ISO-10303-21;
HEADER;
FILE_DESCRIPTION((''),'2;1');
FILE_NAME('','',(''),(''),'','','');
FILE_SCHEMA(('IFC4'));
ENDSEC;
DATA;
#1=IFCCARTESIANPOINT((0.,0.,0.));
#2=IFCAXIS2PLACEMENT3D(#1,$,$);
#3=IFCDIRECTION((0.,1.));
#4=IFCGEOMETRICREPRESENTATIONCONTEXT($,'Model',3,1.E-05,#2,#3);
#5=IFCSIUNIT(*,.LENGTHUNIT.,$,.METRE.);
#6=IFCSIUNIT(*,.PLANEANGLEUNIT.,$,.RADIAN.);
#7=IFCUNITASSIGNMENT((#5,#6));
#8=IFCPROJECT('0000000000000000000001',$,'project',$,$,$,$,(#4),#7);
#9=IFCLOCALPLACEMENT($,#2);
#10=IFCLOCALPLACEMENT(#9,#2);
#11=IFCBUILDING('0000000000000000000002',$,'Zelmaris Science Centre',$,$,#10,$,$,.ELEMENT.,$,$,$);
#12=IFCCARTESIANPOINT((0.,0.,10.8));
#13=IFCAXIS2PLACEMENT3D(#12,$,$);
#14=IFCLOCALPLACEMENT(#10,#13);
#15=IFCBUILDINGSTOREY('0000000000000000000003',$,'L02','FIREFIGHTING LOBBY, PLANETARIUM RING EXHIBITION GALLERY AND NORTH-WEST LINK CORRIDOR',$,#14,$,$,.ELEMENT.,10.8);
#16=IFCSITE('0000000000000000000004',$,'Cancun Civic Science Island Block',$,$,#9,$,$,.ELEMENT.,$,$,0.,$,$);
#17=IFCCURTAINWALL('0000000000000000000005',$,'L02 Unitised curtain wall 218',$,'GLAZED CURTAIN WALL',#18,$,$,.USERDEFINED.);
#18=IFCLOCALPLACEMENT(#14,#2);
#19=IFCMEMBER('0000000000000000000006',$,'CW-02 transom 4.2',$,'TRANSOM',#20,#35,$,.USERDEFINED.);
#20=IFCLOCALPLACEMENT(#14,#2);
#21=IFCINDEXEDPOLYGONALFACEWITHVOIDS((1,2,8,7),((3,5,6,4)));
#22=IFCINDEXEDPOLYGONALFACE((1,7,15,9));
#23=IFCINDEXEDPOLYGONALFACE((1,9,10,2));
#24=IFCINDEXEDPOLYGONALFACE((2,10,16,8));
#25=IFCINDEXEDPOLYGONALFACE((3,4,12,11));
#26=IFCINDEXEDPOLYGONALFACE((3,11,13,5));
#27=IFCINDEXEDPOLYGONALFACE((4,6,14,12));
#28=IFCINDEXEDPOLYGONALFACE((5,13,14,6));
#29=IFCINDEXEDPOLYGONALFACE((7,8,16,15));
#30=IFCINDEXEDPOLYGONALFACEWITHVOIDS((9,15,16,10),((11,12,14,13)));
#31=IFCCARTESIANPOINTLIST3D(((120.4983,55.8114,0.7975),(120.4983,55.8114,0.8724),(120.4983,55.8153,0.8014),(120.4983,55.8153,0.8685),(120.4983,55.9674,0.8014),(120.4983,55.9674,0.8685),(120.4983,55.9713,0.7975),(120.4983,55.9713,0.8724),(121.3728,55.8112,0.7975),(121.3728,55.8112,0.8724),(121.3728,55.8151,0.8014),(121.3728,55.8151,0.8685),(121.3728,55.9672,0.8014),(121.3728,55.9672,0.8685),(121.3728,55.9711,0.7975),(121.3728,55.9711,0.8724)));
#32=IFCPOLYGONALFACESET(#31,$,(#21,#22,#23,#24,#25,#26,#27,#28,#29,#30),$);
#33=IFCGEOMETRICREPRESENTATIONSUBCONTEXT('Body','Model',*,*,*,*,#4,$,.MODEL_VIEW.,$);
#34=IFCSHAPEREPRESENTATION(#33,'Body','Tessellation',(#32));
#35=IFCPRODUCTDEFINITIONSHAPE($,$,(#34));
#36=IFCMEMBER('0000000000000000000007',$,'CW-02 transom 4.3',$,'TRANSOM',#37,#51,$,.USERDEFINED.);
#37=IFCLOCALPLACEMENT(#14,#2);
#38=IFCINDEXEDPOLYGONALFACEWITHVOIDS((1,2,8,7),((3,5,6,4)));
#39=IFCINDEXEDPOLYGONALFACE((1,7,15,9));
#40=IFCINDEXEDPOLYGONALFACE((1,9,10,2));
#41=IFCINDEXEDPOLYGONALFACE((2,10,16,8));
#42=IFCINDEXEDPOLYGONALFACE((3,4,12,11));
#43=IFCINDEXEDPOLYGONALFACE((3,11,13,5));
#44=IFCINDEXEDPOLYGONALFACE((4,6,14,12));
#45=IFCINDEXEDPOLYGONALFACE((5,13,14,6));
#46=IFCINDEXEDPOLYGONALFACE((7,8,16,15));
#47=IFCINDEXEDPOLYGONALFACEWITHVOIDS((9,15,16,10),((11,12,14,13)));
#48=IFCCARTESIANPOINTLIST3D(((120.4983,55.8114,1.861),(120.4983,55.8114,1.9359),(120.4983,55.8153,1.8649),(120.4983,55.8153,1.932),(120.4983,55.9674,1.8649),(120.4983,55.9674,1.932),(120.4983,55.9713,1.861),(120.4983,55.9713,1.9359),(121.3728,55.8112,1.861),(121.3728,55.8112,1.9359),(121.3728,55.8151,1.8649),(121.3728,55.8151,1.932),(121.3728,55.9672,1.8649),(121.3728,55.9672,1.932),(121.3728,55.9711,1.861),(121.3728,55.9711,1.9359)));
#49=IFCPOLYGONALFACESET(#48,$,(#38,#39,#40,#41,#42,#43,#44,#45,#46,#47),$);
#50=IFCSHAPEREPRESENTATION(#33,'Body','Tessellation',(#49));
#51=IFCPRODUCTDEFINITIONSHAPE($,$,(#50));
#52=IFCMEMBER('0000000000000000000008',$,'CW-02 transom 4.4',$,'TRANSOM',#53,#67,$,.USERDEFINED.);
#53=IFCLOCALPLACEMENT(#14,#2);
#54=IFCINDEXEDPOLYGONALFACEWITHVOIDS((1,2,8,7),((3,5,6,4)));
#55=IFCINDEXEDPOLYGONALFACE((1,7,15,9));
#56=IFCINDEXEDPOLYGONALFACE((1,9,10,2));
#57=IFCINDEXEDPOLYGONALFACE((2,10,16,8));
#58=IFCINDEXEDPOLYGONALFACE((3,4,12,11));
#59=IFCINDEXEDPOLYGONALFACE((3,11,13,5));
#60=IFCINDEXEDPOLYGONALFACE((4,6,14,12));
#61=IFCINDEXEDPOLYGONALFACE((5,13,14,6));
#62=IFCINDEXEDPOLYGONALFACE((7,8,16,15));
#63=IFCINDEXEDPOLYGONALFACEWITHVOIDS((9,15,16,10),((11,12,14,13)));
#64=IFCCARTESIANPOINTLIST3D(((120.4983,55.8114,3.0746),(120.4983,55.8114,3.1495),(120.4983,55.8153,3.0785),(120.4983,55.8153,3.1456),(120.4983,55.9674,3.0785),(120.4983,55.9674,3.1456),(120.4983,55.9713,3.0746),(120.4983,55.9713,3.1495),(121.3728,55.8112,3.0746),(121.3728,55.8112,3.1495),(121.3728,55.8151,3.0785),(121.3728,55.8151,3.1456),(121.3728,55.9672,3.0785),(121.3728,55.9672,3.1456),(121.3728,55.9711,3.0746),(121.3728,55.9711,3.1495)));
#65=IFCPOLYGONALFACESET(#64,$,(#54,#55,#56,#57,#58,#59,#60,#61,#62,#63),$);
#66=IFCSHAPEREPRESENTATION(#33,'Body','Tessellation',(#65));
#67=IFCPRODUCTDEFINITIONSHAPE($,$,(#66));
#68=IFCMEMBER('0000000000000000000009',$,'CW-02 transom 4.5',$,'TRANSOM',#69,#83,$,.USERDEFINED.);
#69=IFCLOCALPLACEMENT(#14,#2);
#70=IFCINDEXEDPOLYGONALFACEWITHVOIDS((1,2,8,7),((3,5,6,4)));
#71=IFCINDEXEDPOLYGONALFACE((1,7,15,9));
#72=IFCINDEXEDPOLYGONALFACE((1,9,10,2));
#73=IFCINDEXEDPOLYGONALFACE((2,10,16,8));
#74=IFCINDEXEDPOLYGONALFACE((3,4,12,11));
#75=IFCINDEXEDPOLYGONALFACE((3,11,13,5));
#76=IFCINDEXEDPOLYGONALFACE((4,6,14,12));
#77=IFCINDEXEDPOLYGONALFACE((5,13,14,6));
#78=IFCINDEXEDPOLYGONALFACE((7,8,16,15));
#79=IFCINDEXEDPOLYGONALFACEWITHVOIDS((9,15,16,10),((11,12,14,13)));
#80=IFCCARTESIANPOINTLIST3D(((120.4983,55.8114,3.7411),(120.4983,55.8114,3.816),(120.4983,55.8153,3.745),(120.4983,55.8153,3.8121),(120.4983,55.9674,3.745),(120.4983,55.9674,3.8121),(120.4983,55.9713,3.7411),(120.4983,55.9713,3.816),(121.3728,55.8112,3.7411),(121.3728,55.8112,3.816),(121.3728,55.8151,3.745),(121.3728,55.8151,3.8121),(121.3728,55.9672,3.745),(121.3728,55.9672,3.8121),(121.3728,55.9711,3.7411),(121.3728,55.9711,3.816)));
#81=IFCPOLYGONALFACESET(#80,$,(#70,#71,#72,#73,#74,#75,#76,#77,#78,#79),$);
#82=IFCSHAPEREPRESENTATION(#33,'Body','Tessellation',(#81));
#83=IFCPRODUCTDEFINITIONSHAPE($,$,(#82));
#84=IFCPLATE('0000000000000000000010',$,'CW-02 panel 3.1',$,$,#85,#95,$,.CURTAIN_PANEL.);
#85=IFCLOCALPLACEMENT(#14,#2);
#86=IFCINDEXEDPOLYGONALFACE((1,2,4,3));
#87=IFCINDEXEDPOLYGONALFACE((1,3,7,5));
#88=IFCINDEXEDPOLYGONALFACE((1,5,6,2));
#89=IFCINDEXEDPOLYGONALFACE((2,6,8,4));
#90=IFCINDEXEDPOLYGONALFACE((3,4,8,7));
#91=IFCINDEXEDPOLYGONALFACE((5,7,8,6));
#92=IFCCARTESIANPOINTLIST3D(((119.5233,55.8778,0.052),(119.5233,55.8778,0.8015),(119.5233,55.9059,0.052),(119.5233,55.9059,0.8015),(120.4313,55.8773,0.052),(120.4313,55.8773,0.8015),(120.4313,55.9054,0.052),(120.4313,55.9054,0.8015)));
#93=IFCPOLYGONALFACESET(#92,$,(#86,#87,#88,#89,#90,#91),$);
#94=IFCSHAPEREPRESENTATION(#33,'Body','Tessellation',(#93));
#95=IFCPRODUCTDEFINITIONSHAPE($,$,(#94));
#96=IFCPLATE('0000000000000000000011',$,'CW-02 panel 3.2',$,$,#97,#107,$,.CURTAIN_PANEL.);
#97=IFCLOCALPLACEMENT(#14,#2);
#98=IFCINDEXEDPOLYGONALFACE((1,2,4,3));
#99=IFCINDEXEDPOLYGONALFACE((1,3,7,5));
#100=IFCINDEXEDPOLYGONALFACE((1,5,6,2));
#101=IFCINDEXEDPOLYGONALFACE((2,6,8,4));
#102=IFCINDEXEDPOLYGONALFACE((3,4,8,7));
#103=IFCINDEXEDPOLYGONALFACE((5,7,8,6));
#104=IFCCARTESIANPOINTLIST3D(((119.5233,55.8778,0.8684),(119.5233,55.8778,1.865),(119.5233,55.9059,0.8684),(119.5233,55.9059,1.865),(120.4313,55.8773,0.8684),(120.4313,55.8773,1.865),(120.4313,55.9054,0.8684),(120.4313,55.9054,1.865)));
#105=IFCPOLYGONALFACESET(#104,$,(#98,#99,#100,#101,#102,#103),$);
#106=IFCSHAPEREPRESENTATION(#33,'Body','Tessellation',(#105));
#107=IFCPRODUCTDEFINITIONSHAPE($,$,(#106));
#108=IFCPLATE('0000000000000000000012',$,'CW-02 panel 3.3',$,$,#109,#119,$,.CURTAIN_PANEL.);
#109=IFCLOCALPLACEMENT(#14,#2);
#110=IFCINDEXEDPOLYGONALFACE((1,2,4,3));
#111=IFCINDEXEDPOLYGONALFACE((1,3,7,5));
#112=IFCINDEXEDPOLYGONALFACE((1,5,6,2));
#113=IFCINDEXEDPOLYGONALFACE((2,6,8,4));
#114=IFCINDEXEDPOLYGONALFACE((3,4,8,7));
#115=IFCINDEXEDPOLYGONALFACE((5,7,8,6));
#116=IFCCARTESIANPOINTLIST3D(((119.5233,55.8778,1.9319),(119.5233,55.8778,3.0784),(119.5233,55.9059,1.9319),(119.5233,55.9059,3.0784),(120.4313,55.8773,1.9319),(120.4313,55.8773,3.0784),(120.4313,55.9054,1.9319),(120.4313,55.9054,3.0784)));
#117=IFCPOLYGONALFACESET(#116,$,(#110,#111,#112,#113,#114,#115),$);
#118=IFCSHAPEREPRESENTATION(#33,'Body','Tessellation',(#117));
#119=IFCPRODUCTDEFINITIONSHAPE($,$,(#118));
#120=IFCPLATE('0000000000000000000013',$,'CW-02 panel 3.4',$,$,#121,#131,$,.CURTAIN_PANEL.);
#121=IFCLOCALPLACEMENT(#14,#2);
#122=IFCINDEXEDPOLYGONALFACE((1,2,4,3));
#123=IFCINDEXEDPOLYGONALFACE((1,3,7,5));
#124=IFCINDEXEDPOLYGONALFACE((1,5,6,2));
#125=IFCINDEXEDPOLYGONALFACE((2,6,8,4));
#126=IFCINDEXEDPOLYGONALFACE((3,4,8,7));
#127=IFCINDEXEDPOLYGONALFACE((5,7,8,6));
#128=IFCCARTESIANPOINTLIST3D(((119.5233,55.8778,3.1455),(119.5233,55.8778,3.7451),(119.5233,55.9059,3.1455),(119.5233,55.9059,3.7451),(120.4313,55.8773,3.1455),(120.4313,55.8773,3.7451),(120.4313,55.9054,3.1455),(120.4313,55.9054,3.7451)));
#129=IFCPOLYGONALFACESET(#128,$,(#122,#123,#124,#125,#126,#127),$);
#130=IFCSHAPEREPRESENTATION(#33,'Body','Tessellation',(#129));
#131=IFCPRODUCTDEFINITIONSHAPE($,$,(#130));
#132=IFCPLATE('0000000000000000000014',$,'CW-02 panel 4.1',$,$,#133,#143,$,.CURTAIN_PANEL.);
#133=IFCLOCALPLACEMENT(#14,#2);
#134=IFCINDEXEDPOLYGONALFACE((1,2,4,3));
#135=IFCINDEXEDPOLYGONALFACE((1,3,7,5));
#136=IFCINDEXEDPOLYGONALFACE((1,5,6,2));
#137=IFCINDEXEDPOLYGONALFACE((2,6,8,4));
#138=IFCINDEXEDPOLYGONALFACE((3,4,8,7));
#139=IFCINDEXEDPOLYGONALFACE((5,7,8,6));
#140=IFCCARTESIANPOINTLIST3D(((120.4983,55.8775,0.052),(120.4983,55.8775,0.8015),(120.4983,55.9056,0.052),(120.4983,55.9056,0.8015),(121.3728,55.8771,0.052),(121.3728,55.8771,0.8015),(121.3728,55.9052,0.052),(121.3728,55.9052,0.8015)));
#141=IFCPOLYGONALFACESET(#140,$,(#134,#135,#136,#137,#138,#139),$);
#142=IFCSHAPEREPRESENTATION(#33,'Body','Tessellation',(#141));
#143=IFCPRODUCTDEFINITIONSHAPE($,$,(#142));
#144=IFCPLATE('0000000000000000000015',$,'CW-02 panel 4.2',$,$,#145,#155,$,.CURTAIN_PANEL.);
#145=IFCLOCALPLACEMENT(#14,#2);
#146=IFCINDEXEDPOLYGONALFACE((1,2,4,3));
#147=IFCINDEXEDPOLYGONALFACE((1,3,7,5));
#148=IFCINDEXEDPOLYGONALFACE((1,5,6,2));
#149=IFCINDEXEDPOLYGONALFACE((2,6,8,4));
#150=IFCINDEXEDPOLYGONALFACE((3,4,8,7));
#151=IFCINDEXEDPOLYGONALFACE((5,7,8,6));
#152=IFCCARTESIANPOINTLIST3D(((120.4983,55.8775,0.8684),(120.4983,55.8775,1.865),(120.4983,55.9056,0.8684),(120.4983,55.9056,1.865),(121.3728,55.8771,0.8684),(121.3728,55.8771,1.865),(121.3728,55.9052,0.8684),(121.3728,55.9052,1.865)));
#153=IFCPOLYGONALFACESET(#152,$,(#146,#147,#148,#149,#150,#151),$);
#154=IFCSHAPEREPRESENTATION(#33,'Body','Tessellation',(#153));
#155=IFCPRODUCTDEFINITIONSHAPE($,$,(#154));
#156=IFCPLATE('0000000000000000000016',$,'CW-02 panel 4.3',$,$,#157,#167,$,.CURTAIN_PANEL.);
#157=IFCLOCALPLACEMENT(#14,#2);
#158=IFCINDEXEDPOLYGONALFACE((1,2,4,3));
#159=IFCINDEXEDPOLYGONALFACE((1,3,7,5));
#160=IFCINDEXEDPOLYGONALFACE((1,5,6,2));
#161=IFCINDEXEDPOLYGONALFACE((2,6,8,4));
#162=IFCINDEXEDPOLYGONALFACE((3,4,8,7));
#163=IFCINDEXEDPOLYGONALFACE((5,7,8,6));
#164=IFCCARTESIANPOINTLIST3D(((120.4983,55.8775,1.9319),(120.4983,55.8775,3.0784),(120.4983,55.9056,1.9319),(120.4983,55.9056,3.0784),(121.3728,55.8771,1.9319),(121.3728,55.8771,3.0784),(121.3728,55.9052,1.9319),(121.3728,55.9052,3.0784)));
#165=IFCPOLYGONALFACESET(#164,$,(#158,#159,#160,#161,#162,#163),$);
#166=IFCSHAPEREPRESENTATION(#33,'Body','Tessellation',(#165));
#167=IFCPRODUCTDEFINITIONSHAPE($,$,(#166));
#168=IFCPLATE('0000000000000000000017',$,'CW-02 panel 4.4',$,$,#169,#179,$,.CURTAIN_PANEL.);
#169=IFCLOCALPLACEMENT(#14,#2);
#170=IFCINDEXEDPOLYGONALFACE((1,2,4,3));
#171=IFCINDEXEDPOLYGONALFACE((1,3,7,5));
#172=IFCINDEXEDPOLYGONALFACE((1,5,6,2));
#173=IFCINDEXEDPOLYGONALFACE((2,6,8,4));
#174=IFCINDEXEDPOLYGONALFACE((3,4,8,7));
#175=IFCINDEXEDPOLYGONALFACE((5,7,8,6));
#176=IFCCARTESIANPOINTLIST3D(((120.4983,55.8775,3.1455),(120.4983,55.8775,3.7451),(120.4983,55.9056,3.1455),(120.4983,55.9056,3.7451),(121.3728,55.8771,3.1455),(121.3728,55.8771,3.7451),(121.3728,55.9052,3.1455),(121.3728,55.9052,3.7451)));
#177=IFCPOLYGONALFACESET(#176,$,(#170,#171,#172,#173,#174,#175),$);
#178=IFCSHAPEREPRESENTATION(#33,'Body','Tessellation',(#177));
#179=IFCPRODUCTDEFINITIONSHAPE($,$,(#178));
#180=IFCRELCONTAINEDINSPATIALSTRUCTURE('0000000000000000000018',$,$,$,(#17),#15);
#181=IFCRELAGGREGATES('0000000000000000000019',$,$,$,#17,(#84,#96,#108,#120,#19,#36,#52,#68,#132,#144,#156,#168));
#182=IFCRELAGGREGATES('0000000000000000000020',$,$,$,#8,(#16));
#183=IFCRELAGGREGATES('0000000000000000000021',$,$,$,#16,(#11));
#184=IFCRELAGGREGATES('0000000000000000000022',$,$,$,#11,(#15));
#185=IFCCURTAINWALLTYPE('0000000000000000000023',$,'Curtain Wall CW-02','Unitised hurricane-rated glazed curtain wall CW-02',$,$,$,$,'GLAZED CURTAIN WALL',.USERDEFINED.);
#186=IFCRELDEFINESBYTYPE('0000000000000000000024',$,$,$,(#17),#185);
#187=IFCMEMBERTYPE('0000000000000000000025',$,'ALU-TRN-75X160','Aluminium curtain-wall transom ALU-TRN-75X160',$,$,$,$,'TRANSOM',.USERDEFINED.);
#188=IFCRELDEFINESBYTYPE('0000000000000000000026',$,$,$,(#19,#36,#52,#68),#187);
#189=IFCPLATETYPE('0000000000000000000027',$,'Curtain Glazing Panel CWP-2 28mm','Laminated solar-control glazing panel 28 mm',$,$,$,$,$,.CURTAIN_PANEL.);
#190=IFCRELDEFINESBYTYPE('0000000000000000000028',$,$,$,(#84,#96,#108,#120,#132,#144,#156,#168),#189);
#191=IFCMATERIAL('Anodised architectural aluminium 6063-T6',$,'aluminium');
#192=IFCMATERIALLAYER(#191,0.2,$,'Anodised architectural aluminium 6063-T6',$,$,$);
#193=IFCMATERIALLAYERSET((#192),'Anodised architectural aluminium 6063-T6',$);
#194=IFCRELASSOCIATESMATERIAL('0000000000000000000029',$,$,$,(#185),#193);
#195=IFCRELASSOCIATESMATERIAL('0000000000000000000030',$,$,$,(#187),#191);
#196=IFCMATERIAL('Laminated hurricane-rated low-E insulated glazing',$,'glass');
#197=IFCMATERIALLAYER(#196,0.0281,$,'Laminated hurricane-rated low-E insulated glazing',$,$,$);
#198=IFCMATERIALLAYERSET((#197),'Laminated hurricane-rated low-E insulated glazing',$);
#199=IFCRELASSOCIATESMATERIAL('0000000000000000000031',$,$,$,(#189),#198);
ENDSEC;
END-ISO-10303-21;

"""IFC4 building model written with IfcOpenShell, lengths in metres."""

from ifc_helpers import new_model, si_unit, direction, frame, origin, origin_2d, place, context, subcontext, project, spatial, rectangle, hollow_rectangle, extrude, material, layer, layer_set, material_profile, profile_set, type_object, element, aggregate, save


model = new_model("IFC4")

# Units and contexts
model_context = context("Model", 3, precision=1e-05, world=origin(), true_north=direction((0.0, 1.0)))
body_context = subcontext(model_context, "Body", "Model", "MODEL_VIEW")
ifc_project = project(units=[si_unit("LENGTHUNIT", "METRE"), si_unit("PLANEANGLEUNIT", "RADIAN")], contexts=[model_context])

# Site, building, storey
site_placement = place(None, origin())
site = spatial("IfcSite", under=ifc_project, at=site_placement, Name="Cancun Civic Science Island Block", CompositionType="ELEMENT", RefElevation=0.0)
building_placement = place(site_placement, origin())
building = spatial("IfcBuilding", under=site, at=building_placement, Name="Zelmaris Science Centre", CompositionType="ELEMENT")
storey_placement = place(building_placement, frame((0.0, 0.0, 10.8)))
storey = spatial("IfcBuildingStorey", under=building, at=storey_placement, Name="L02", Description="FIREFIGHTING LOBBY, PLANETARIUM RING EXHIBITION GALLERY AND NORTH-WEST LINK CORRIDOR", CompositionType="ELEMENT", Elevation=10.8)

# Curtain wall, members, plates
ifc_material_1 = material(Name="Anodised architectural aluminium 6063-T6", Category="aluminium")
ifc_layer_1 = layer(ifc_material_1, 0.2, Name="Anodised architectural aluminium 6063-T6")
ifc_layer_set_1 = layer_set([ifc_layer_1], Name="Anodised architectural aluminium 6063-T6")
curtain_wall_type = type_object("IfcCurtainWallType", Name="Curtain Wall CW-02", Description="Unitised hurricane-rated glazed curtain wall CW-02", ElementType="GLAZED CURTAIN WALL", PredefinedType="USERDEFINED", material=ifc_layer_set_1)
curtain_wall_placement = place(storey_placement, origin())
curtain_wall = element("IfcCurtainWall", 1, at=curtain_wall_placement, inside=storey, type_object=curtain_wall_type, Name="L02 Unitised curtain wall 218", ObjectType="GLAZED CURTAIN WALL", PredefinedType="USERDEFINED")
ifc_material_profile_1 = material_profile(ifc_material_1, hollow_rectangle(XDim=0.075, YDim=0.1599, WallThickness=0.0039, at=origin_2d()), Name="ALU-TRN-75X160")
ifc_profile_set_1 = profile_set([ifc_material_profile_1], Name="Anodised architectural aluminium 6063-T6")
member_type_1 = type_object("IfcMemberType", Name="ALU-TRN-75X160", Description="Aluminium curtain-wall transom ALU-TRN-75X160", ElementType="TRANSOM", PredefinedType="USERDEFINED", material=ifc_profile_set_1)
member_1_placement = place(storey_placement, frame((120.4983, 55.8914, 0.835), z_axis=(1.0, -0.000279, 0.0), x_axis=(0.0, 0.0, 1.0)))
member_1 = element("IfcMember", 2, at=member_1_placement, type_object=member_type_1, Name="CW-02 transom 4.2", ObjectType="TRANSOM", PredefinedType="USERDEFINED", context=body_context, shape_type="SweptSolid", body=[
    extrude(hollow_rectangle(XDim=0.075, YDim=0.1599, WallThickness=0.0039, at=origin_2d()), origin(), (0.0, 0.0, 1.0), 0.8745),
])
member_2_placement = place(storey_placement, frame((120.4983, 55.8914, 1.8984), z_axis=(1.0, -0.000279, 0.0), x_axis=(0.0, 0.0, 1.0)))
member_2 = element("IfcMember", 3, at=member_2_placement, type_object=member_type_1, Name="CW-02 transom 4.3", ObjectType="TRANSOM", PredefinedType="USERDEFINED", context=body_context, shape_type="SweptSolid", body=[
    extrude(hollow_rectangle(XDim=0.075, YDim=0.1599, WallThickness=0.0039, at=origin_2d()), origin(), (0.0, 0.0, 1.0), 0.8745),
])
member_3_placement = place(storey_placement, frame((120.4983, 55.8914, 3.1121), z_axis=(1.0, -0.000279, 0.0), x_axis=(0.0, 0.0, 1.0)))
member_3 = element("IfcMember", 4, at=member_3_placement, type_object=member_type_1, Name="CW-02 transom 4.4", ObjectType="TRANSOM", PredefinedType="USERDEFINED", context=body_context, shape_type="SweptSolid", body=[
    extrude(hollow_rectangle(XDim=0.075, YDim=0.1599, WallThickness=0.0039, at=origin_2d()), origin(), (0.0, 0.0, 1.0), 0.8745),
])
member_4_placement = place(storey_placement, frame((120.4983, 55.8914, 3.7786), z_axis=(1.0, -0.000279, 0.0), x_axis=(0.0, 0.0, 1.0)))
member_4 = element("IfcMember", 5, at=member_4_placement, type_object=member_type_1, Name="CW-02 transom 4.5", ObjectType="TRANSOM", PredefinedType="USERDEFINED", context=body_context, shape_type="SweptSolid", body=[
    extrude(hollow_rectangle(XDim=0.075, YDim=0.1599, WallThickness=0.0039, at=origin_2d()), origin(), (0.0, 0.0, 1.0), 0.8745),
])
ifc_material_2 = material(Name="Laminated hurricane-rated low-E insulated glazing", Category="glass")
ifc_layer_2 = layer(ifc_material_2, 0.0281, Name="Laminated hurricane-rated low-E insulated glazing")
ifc_layer_set_2 = layer_set([ifc_layer_2], Name="Laminated hurricane-rated low-E insulated glazing")
plate_type = type_object("IfcPlateType", Name="Curtain Glazing Panel CWP-2 28mm", Description="Laminated solar-control glazing panel 28 mm", PredefinedType="CURTAIN_PANEL", material=ifc_layer_set_2)
plate_1_placement = place(storey_placement, frame((119.9773, 55.8916, 0.052), z_axis=(0.0, 0.0, 1.0), x_axis=(1.0, -0.000487, 0.0)))
plate_1 = element("IfcPlate", 6, at=plate_1_placement, type_object=plate_type, Name="CW-02 panel 3.1", PredefinedType="CURTAIN_PANEL", context=body_context, shape_type="SweptSolid", body=[
    extrude(rectangle(XDim=0.908, YDim=0.0281, at=origin_2d()), origin(), (0.0, 0.0, 1.0), 0.7495),
])
plate_2_placement = place(storey_placement, frame((119.9773, 55.8916, 0.8684), z_axis=(0.0, 0.0, 1.0), x_axis=(1.0, -0.000487, 0.0)))
plate_2 = element("IfcPlate", 7, at=plate_2_placement, type_object=plate_type, Name="CW-02 panel 3.2", PredefinedType="CURTAIN_PANEL", context=body_context, shape_type="SweptSolid", body=[
    extrude(rectangle(XDim=0.908, YDim=0.0281, at=origin_2d()), origin(), (0.0, 0.0, 1.0), 0.9966),
])
plate_3_placement = place(storey_placement, frame((119.9773, 55.8916, 1.9319), z_axis=(0.0, 0.0, 1.0), x_axis=(1.0, -0.000487, 0.0)))
plate_3 = element("IfcPlate", 8, at=plate_3_placement, type_object=plate_type, Name="CW-02 panel 3.3", PredefinedType="CURTAIN_PANEL", context=body_context, shape_type="SweptSolid", body=[
    extrude(rectangle(XDim=0.908, YDim=0.0281, at=origin_2d()), origin(), (0.0, 0.0, 1.0), 1.1465),
])
plate_4_placement = place(storey_placement, frame((119.9773, 55.8916, 3.1455), z_axis=(0.0, 0.0, 1.0), x_axis=(1.0, -0.000487, 0.0)))
plate_4 = element("IfcPlate", 9, at=plate_4_placement, type_object=plate_type, Name="CW-02 panel 3.4", PredefinedType="CURTAIN_PANEL", context=body_context, shape_type="SweptSolid", body=[
    extrude(rectangle(XDim=0.908, YDim=0.0281, at=origin_2d()), origin(), (0.0, 0.0, 1.0), 0.5996),
])
plate_5_placement = place(storey_placement, frame((120.9355, 55.8914, 0.052), z_axis=(0.0, 0.0, 1.0), x_axis=(1.0, -0.000487, 0.0)))
plate_5 = element("IfcPlate", 10, at=plate_5_placement, type_object=plate_type, Name="CW-02 panel 4.1", PredefinedType="CURTAIN_PANEL", context=body_context, shape_type="SweptSolid", body=[
    extrude(rectangle(XDim=0.8745, YDim=0.0281, at=origin_2d()), origin(), (0.0, 0.0, 1.0), 0.7495),
])
plate_6_placement = place(storey_placement, frame((120.9355, 55.8914, 0.8684), z_axis=(0.0, 0.0, 1.0), x_axis=(1.0, -0.000487, 0.0)))
plate_6 = element("IfcPlate", 11, at=plate_6_placement, type_object=plate_type, Name="CW-02 panel 4.2", PredefinedType="CURTAIN_PANEL", context=body_context, shape_type="SweptSolid", body=[
    extrude(rectangle(XDim=0.8745, YDim=0.0281, at=origin_2d()), origin(), (0.0, 0.0, 1.0), 0.9966),
])
plate_7_placement = place(storey_placement, frame((120.9355, 55.8914, 1.9319), z_axis=(0.0, 0.0, 1.0), x_axis=(1.0, -0.000487, 0.0)))
plate_7 = element("IfcPlate", 12, at=plate_7_placement, type_object=plate_type, Name="CW-02 panel 4.3", PredefinedType="CURTAIN_PANEL", context=body_context, shape_type="SweptSolid", body=[
    extrude(rectangle(XDim=0.8745, YDim=0.0281, at=origin_2d()), origin(), (0.0, 0.0, 1.0), 1.1465),
])
plate_8_placement = place(storey_placement, frame((120.9355, 55.8914, 3.1455), z_axis=(0.0, 0.0, 1.0), x_axis=(1.0, -0.000487, 0.0)))
plate_8 = element("IfcPlate", 13, at=plate_8_placement, type_object=plate_type, Name="CW-02 panel 4.4", PredefinedType="CURTAIN_PANEL", context=body_context, shape_type="SweptSolid", body=[
    extrude(rectangle(XDim=0.8745, YDim=0.0281, at=origin_2d()), origin(), (0.0, 0.0, 1.0), 0.5996),
])
aggregate(curtain_wall, [plate_1, plate_2, plate_3, plate_4, member_1, member_2, member_3, member_4, plate_5, plate_6, plate_7, plate_8])

save(model, "model.ifc")
